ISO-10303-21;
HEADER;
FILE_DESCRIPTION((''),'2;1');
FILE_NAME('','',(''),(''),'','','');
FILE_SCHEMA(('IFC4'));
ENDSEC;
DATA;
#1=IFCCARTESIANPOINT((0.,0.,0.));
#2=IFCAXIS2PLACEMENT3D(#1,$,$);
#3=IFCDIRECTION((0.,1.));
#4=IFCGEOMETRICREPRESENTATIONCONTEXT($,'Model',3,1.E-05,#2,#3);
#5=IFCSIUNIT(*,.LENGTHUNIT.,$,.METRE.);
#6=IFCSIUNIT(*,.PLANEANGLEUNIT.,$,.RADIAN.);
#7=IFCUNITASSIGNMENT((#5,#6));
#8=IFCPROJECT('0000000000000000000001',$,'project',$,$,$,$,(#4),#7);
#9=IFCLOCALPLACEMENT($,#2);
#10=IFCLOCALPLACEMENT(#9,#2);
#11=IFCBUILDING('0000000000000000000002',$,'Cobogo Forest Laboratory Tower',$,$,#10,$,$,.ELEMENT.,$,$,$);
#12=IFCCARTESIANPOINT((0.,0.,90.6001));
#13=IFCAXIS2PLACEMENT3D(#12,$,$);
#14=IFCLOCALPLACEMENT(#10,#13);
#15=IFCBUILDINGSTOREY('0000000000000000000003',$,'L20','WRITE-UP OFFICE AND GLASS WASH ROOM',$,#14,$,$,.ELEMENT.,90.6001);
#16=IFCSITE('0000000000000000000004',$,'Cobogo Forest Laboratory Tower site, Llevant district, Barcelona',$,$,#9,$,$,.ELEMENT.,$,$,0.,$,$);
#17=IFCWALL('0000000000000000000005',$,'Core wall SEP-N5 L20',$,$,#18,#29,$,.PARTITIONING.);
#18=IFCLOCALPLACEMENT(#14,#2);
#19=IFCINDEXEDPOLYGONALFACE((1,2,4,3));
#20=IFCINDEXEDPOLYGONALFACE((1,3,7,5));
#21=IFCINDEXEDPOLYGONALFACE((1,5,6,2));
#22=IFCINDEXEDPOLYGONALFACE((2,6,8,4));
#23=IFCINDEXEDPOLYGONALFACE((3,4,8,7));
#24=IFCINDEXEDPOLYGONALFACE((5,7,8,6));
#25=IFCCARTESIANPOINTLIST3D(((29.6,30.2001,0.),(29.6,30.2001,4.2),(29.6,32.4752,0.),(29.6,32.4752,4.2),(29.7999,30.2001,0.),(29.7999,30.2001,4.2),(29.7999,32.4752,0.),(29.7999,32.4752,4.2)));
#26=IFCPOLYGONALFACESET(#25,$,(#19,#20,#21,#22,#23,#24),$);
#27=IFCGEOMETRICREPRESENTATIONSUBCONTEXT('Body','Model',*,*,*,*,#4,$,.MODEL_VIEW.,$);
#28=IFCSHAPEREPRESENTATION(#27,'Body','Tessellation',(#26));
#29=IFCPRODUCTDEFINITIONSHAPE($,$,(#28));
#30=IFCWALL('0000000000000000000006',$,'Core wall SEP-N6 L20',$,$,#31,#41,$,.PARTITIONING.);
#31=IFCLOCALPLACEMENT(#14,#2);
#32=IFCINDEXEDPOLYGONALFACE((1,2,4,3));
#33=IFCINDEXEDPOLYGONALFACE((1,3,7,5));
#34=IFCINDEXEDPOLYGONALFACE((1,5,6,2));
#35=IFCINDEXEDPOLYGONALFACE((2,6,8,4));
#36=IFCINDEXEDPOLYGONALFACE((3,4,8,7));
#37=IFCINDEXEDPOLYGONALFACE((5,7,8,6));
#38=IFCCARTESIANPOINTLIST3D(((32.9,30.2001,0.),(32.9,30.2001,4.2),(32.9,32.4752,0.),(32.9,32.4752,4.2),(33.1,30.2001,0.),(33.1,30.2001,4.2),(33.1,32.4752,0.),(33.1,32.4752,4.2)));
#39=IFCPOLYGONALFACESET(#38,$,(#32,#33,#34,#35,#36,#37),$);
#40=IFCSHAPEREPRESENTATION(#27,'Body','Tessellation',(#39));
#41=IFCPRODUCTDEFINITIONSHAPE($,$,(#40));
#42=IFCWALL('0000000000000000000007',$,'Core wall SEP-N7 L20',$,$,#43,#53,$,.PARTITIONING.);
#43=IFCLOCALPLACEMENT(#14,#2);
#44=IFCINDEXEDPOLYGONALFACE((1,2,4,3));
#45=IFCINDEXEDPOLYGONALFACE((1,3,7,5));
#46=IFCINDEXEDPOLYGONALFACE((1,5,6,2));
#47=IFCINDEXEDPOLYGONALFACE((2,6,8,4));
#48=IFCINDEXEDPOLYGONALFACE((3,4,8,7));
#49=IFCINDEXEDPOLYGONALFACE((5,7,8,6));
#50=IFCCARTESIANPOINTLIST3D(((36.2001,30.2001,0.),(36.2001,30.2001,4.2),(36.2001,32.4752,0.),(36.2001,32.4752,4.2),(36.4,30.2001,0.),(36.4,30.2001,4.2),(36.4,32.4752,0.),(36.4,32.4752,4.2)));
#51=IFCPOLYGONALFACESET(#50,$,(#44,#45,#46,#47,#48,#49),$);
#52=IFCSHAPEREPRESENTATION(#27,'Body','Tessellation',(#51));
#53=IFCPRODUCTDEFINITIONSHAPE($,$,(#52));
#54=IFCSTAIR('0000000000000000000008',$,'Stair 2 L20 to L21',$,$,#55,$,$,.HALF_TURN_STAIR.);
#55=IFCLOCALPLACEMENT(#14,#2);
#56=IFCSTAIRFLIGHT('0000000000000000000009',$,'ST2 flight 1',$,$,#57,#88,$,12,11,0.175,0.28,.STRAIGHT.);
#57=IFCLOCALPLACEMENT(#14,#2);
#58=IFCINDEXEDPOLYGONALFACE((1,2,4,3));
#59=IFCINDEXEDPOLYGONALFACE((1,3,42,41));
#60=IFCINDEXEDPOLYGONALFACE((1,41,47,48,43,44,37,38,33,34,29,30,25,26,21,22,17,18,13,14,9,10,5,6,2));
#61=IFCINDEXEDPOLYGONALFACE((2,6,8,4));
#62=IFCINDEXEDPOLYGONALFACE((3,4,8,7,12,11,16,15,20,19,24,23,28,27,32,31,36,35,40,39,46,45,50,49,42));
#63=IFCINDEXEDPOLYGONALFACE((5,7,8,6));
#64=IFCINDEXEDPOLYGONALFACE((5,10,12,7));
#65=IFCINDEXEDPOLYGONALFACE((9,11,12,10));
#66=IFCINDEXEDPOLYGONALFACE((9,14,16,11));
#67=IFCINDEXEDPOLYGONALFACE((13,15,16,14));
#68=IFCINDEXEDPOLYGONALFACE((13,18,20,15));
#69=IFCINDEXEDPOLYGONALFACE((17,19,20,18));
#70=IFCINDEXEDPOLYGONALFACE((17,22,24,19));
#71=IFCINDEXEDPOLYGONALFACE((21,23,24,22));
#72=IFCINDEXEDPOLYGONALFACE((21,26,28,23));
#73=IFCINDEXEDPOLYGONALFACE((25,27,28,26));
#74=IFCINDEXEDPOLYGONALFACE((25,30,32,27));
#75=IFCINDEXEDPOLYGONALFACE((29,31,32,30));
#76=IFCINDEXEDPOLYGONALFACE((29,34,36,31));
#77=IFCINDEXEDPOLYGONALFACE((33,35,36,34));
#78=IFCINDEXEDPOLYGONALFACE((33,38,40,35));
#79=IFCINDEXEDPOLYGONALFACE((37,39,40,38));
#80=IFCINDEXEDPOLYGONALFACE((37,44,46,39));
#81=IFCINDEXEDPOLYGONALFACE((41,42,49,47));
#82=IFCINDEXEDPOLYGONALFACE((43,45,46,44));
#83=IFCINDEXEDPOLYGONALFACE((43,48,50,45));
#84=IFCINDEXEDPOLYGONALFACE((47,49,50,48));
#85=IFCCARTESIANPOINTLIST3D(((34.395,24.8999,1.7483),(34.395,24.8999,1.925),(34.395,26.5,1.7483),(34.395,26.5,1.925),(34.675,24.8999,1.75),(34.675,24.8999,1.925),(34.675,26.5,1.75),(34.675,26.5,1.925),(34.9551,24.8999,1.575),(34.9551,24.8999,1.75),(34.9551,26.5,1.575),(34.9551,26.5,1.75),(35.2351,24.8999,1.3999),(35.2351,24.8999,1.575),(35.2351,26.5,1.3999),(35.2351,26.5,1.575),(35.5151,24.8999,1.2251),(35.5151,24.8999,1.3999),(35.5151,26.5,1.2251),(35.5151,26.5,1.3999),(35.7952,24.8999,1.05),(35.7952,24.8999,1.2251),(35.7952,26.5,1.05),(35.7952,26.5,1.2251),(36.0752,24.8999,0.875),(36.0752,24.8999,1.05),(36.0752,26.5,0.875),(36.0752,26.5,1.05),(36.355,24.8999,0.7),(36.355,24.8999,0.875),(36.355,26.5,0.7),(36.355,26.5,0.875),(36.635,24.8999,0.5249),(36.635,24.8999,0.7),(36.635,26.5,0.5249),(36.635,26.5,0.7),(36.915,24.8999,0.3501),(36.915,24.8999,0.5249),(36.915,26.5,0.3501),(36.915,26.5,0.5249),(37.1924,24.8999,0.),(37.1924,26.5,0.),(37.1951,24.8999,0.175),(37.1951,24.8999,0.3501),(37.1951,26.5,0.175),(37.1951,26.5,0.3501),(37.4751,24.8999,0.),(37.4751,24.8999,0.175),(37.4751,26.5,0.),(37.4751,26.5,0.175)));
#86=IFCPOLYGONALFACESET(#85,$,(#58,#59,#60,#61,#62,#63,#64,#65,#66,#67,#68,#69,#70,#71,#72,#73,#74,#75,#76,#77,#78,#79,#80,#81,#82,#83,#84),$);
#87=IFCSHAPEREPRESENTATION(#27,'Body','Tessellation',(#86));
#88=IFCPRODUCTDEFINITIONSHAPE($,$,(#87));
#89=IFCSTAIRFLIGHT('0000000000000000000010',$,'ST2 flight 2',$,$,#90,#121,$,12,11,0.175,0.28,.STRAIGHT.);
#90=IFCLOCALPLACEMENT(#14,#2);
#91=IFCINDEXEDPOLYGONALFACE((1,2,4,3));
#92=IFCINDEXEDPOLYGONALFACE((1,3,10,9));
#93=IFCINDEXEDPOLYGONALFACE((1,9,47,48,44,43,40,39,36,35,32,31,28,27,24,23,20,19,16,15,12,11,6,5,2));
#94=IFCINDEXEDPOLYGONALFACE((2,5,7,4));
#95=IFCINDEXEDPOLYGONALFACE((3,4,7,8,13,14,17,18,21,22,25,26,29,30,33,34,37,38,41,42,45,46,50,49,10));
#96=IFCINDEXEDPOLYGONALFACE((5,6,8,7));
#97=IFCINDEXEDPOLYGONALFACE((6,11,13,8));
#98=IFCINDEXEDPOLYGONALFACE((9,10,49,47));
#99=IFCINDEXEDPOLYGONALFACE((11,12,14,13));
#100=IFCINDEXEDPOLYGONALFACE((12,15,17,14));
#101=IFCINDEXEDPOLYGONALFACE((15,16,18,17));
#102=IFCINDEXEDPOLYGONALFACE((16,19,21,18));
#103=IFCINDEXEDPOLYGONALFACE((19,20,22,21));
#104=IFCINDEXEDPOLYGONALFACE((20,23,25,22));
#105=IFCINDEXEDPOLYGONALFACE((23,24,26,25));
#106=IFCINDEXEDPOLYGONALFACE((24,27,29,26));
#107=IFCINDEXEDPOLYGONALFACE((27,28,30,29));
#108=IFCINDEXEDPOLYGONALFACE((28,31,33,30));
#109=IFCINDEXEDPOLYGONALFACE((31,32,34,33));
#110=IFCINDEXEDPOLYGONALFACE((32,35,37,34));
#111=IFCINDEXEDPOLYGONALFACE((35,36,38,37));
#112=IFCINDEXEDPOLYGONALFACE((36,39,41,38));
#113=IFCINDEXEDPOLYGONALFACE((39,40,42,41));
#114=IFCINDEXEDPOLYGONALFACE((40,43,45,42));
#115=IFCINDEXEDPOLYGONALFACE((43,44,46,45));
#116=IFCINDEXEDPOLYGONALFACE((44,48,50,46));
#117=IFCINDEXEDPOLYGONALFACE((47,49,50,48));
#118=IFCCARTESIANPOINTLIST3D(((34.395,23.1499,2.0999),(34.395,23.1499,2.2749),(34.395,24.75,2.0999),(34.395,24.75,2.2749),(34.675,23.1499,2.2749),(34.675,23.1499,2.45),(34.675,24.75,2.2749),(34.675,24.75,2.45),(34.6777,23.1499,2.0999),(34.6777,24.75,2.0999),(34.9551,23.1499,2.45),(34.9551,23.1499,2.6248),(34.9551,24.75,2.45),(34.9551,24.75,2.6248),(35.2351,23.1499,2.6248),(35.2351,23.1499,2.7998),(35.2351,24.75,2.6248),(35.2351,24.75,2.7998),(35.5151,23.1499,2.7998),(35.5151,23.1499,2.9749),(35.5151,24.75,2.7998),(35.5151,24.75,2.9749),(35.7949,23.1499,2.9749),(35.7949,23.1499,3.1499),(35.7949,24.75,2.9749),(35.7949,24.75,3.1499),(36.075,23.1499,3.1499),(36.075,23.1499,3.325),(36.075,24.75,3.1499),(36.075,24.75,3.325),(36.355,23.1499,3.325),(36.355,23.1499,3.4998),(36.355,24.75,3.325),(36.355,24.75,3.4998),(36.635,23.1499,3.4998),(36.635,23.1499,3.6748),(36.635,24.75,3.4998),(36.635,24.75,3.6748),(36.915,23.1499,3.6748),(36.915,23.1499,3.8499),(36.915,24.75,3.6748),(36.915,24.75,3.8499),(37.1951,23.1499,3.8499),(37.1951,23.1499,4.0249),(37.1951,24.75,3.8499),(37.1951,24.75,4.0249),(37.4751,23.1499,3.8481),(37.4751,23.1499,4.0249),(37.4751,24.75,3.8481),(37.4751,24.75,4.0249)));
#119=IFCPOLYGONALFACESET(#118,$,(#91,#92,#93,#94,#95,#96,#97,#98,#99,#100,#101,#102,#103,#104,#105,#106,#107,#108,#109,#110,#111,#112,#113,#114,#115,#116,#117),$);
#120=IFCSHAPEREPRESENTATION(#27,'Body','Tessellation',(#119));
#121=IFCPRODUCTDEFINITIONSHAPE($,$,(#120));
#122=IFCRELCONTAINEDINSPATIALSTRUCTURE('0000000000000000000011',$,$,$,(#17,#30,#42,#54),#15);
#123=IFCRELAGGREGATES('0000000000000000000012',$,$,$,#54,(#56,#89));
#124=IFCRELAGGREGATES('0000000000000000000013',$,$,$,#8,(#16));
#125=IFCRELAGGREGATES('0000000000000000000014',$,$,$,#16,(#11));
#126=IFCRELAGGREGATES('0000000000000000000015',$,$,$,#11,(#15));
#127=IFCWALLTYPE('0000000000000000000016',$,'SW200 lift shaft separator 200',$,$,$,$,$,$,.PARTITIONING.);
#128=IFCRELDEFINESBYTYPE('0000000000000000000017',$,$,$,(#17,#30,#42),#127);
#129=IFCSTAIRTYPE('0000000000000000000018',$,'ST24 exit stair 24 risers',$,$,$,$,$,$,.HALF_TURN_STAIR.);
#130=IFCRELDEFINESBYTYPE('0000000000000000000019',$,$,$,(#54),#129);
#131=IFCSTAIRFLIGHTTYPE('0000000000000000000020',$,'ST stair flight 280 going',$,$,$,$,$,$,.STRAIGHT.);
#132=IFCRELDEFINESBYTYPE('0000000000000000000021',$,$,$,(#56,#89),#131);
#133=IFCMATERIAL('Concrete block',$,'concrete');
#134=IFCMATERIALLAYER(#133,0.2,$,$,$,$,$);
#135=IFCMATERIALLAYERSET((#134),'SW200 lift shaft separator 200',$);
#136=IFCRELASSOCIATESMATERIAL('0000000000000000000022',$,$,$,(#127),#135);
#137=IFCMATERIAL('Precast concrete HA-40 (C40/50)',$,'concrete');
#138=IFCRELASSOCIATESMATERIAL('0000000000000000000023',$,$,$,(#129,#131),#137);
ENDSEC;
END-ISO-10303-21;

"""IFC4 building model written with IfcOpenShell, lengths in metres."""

from ifc_helpers import new_model, si_unit, direction, frame, frame_2d, origin, place, context, subcontext, project, spatial, polyline, rectangle, outline, extrude, material, layer, layer_set, type_object, element, aggregate, save


model = new_model("IFC4")

# Units and contexts
model_context = context("Model", 3, precision=1e-05, world=origin(), true_north=direction((0.0, 1.0)))
body_context = subcontext(model_context, "Body", "Model", "MODEL_VIEW")
ifc_project = project(units=[si_unit("LENGTHUNIT", "METRE"), si_unit("PLANEANGLEUNIT", "RADIAN")], contexts=[model_context])

# Site, building, storey
site_placement = place(None, origin())
site = spatial("IfcSite", under=ifc_project, at=site_placement, Name="Cobogo Forest Laboratory Tower site, Llevant district, Barcelona", CompositionType="ELEMENT", RefElevation=0.0)
building_placement = place(site_placement, origin())
building = spatial("IfcBuilding", under=site, at=building_placement, Name="Cobogo Forest Laboratory Tower", CompositionType="ELEMENT")
storey_placement = place(building_placement, frame((0.0, 0.0, 90.6001)))
storey = spatial("IfcBuildingStorey", under=building, at=storey_placement, Name="L20", Description="WRITE-UP OFFICE AND GLASS WASH ROOM", CompositionType="ELEMENT", Elevation=90.6001)

# Walls
ifc_material_1 = material(Name="Concrete block", Category="concrete")
ifc_layer_1 = layer(ifc_material_1, 0.2)
ifc_layer_set_1 = layer_set([ifc_layer_1], Name="SW200 lift shaft separator 200")
wall_type_1 = type_object("IfcWallType", Name="SW200 lift shaft separator 200", PredefinedType="PARTITIONING", material=ifc_layer_set_1)
for number, where, z_axis, x_axis, name in (
    (1, (29.7, 30.2, 0.0), (0.0, 0.0, 1.0), (0.0, 1.0, 0.0), "Core wall SEP-N5 L20"),
    (2, (33.0, 30.2, 0.0), (0.0, 0.0, 1.0), (0.0, 1.0, 0.0), "Core wall SEP-N6 L20"),
    (3, (36.3, 30.2, 0.0), (0.0, 0.0, 1.0), (0.0, 1.0, 0.0), "Core wall SEP-N7 L20"),
):
    element("IfcWall", number, at=place(storey_placement, frame(where, z_axis=z_axis, x_axis=x_axis)), inside=storey, type_object=wall_type_1, Name=name, PredefinedType="PARTITIONING", context=body_context, shape_type="SweptSolid", body=[
        extrude(rectangle(XDim=2.2751, YDim=0.2, at=frame_2d((1.1377, 0.0))), origin(), (0.0, 0.0, 1.0), 4.2),
    ])

# Stair, stair flights
ifc_material_2 = material(Name="Precast concrete HA-40 (C40/50)", Category="concrete")
stair_type = type_object("IfcStairType", Name="ST24 exit stair 24 risers", PredefinedType="HALF_TURN_STAIR", material=ifc_material_2)
stair_placement = place(storey_placement, origin())
stair = element("IfcStair", 4, at=stair_placement, inside=storey, type_object=stair_type, Name="Stair 2 L20 to L21", PredefinedType="HALF_TURN_STAIR")
stair_flight_type = type_object("IfcStairFlightType", Name="ST stair flight 280 going", PredefinedType="STRAIGHT", material=ifc_material_2)
stair_flight_1_placement = place(storey_placement, frame((37.4751, 25.7, 0.0), z_axis=(0.0, 0.0, 1.0), x_axis=(-1.0, 0.0, 0.0)))
stair_flight_1 = element("IfcStairFlight", 5, at=stair_flight_1_placement, type_object=stair_flight_type, Name="ST2 flight 1", NumberOfRisers=12, NumberOfTreads=11, PredefinedType="STRAIGHT", RiserHeight=0.175, TreadLength=0.28, context=body_context, shape_type="SweptSolid", body=[
    extrude(outline(polyline([(0.0, 0.0), (0.0, 0.175), (0.28, 0.175), (0.28, 0.3501), (0.5601, 0.3501), (0.5601, 0.5249), (0.8401, 0.5249), (0.8401, 0.7), (1.1201, 0.7), (1.1201, 0.875), (1.3999, 0.875), (1.3999, 1.05), (1.6799, 1.05), (1.6799, 1.2251), (1.96, 1.2251), (1.96, 1.3999), (2.24, 1.3999), (2.24, 1.575), (2.52, 1.575), (2.52, 1.75), (2.8, 1.75), (2.8, 1.925), (3.0801, 1.925), (3.0801, 2.1001), (3.0801, 1.7483), (0.2827, 0.0), (0.0, 0.0)])), frame((0.0, 0.8, 0.0), z_axis=(0.0, -1.0, 0.0), x_axis=(1.0, 0.0, 0.0)), (0.0, 0.0, 1.0), 1.6001),
])
stair_flight_2_placement = place(storey_placement, frame((34.395, 23.95, 2.0999), z_axis=(0.0, 0.0, 1.0), x_axis=(1.0, 0.0, 0.0)))
stair_flight_2 = element("IfcStairFlight", 6, at=stair_flight_2_placement, type_object=stair_flight_type, Name="ST2 flight 2", NumberOfRisers=12, NumberOfTreads=11, PredefinedType="STRAIGHT", RiserHeight=0.175, TreadLength=0.28, context=body_context, shape_type="SweptSolid", body=[
    extrude(outline(polyline([(0.0, 0.0), (0.0, 0.175), (0.28, 0.175), (0.28, 0.3501), (0.5601, 0.3501), (0.5601, 0.5249), (0.8401, 0.5249), (0.8401, 0.7), (1.1201, 0.7), (1.1201, 0.875), (1.3999, 0.875), (1.3999, 1.05), (1.6799, 1.05), (1.6799, 1.2251), (1.96, 1.2251), (1.96, 1.3999), (2.24, 1.3999), (2.24, 1.575), (2.52, 1.575), (2.52, 1.75), (2.8, 1.75), (2.8, 1.925), (3.0801, 1.925), (3.0801, 2.1001), (3.0801, 1.7483), (0.2827, 0.0), (0.0, 0.0)])), frame((0.0, 0.8, 0.0), z_axis=(0.0, -1.0, 0.0), x_axis=(1.0, 0.0, 0.0)), (0.0, 0.0, 1.0), 1.6001),
])
aggregate(stair, [stair_flight_1, stair_flight_2])

save(model, "model.ifc")
